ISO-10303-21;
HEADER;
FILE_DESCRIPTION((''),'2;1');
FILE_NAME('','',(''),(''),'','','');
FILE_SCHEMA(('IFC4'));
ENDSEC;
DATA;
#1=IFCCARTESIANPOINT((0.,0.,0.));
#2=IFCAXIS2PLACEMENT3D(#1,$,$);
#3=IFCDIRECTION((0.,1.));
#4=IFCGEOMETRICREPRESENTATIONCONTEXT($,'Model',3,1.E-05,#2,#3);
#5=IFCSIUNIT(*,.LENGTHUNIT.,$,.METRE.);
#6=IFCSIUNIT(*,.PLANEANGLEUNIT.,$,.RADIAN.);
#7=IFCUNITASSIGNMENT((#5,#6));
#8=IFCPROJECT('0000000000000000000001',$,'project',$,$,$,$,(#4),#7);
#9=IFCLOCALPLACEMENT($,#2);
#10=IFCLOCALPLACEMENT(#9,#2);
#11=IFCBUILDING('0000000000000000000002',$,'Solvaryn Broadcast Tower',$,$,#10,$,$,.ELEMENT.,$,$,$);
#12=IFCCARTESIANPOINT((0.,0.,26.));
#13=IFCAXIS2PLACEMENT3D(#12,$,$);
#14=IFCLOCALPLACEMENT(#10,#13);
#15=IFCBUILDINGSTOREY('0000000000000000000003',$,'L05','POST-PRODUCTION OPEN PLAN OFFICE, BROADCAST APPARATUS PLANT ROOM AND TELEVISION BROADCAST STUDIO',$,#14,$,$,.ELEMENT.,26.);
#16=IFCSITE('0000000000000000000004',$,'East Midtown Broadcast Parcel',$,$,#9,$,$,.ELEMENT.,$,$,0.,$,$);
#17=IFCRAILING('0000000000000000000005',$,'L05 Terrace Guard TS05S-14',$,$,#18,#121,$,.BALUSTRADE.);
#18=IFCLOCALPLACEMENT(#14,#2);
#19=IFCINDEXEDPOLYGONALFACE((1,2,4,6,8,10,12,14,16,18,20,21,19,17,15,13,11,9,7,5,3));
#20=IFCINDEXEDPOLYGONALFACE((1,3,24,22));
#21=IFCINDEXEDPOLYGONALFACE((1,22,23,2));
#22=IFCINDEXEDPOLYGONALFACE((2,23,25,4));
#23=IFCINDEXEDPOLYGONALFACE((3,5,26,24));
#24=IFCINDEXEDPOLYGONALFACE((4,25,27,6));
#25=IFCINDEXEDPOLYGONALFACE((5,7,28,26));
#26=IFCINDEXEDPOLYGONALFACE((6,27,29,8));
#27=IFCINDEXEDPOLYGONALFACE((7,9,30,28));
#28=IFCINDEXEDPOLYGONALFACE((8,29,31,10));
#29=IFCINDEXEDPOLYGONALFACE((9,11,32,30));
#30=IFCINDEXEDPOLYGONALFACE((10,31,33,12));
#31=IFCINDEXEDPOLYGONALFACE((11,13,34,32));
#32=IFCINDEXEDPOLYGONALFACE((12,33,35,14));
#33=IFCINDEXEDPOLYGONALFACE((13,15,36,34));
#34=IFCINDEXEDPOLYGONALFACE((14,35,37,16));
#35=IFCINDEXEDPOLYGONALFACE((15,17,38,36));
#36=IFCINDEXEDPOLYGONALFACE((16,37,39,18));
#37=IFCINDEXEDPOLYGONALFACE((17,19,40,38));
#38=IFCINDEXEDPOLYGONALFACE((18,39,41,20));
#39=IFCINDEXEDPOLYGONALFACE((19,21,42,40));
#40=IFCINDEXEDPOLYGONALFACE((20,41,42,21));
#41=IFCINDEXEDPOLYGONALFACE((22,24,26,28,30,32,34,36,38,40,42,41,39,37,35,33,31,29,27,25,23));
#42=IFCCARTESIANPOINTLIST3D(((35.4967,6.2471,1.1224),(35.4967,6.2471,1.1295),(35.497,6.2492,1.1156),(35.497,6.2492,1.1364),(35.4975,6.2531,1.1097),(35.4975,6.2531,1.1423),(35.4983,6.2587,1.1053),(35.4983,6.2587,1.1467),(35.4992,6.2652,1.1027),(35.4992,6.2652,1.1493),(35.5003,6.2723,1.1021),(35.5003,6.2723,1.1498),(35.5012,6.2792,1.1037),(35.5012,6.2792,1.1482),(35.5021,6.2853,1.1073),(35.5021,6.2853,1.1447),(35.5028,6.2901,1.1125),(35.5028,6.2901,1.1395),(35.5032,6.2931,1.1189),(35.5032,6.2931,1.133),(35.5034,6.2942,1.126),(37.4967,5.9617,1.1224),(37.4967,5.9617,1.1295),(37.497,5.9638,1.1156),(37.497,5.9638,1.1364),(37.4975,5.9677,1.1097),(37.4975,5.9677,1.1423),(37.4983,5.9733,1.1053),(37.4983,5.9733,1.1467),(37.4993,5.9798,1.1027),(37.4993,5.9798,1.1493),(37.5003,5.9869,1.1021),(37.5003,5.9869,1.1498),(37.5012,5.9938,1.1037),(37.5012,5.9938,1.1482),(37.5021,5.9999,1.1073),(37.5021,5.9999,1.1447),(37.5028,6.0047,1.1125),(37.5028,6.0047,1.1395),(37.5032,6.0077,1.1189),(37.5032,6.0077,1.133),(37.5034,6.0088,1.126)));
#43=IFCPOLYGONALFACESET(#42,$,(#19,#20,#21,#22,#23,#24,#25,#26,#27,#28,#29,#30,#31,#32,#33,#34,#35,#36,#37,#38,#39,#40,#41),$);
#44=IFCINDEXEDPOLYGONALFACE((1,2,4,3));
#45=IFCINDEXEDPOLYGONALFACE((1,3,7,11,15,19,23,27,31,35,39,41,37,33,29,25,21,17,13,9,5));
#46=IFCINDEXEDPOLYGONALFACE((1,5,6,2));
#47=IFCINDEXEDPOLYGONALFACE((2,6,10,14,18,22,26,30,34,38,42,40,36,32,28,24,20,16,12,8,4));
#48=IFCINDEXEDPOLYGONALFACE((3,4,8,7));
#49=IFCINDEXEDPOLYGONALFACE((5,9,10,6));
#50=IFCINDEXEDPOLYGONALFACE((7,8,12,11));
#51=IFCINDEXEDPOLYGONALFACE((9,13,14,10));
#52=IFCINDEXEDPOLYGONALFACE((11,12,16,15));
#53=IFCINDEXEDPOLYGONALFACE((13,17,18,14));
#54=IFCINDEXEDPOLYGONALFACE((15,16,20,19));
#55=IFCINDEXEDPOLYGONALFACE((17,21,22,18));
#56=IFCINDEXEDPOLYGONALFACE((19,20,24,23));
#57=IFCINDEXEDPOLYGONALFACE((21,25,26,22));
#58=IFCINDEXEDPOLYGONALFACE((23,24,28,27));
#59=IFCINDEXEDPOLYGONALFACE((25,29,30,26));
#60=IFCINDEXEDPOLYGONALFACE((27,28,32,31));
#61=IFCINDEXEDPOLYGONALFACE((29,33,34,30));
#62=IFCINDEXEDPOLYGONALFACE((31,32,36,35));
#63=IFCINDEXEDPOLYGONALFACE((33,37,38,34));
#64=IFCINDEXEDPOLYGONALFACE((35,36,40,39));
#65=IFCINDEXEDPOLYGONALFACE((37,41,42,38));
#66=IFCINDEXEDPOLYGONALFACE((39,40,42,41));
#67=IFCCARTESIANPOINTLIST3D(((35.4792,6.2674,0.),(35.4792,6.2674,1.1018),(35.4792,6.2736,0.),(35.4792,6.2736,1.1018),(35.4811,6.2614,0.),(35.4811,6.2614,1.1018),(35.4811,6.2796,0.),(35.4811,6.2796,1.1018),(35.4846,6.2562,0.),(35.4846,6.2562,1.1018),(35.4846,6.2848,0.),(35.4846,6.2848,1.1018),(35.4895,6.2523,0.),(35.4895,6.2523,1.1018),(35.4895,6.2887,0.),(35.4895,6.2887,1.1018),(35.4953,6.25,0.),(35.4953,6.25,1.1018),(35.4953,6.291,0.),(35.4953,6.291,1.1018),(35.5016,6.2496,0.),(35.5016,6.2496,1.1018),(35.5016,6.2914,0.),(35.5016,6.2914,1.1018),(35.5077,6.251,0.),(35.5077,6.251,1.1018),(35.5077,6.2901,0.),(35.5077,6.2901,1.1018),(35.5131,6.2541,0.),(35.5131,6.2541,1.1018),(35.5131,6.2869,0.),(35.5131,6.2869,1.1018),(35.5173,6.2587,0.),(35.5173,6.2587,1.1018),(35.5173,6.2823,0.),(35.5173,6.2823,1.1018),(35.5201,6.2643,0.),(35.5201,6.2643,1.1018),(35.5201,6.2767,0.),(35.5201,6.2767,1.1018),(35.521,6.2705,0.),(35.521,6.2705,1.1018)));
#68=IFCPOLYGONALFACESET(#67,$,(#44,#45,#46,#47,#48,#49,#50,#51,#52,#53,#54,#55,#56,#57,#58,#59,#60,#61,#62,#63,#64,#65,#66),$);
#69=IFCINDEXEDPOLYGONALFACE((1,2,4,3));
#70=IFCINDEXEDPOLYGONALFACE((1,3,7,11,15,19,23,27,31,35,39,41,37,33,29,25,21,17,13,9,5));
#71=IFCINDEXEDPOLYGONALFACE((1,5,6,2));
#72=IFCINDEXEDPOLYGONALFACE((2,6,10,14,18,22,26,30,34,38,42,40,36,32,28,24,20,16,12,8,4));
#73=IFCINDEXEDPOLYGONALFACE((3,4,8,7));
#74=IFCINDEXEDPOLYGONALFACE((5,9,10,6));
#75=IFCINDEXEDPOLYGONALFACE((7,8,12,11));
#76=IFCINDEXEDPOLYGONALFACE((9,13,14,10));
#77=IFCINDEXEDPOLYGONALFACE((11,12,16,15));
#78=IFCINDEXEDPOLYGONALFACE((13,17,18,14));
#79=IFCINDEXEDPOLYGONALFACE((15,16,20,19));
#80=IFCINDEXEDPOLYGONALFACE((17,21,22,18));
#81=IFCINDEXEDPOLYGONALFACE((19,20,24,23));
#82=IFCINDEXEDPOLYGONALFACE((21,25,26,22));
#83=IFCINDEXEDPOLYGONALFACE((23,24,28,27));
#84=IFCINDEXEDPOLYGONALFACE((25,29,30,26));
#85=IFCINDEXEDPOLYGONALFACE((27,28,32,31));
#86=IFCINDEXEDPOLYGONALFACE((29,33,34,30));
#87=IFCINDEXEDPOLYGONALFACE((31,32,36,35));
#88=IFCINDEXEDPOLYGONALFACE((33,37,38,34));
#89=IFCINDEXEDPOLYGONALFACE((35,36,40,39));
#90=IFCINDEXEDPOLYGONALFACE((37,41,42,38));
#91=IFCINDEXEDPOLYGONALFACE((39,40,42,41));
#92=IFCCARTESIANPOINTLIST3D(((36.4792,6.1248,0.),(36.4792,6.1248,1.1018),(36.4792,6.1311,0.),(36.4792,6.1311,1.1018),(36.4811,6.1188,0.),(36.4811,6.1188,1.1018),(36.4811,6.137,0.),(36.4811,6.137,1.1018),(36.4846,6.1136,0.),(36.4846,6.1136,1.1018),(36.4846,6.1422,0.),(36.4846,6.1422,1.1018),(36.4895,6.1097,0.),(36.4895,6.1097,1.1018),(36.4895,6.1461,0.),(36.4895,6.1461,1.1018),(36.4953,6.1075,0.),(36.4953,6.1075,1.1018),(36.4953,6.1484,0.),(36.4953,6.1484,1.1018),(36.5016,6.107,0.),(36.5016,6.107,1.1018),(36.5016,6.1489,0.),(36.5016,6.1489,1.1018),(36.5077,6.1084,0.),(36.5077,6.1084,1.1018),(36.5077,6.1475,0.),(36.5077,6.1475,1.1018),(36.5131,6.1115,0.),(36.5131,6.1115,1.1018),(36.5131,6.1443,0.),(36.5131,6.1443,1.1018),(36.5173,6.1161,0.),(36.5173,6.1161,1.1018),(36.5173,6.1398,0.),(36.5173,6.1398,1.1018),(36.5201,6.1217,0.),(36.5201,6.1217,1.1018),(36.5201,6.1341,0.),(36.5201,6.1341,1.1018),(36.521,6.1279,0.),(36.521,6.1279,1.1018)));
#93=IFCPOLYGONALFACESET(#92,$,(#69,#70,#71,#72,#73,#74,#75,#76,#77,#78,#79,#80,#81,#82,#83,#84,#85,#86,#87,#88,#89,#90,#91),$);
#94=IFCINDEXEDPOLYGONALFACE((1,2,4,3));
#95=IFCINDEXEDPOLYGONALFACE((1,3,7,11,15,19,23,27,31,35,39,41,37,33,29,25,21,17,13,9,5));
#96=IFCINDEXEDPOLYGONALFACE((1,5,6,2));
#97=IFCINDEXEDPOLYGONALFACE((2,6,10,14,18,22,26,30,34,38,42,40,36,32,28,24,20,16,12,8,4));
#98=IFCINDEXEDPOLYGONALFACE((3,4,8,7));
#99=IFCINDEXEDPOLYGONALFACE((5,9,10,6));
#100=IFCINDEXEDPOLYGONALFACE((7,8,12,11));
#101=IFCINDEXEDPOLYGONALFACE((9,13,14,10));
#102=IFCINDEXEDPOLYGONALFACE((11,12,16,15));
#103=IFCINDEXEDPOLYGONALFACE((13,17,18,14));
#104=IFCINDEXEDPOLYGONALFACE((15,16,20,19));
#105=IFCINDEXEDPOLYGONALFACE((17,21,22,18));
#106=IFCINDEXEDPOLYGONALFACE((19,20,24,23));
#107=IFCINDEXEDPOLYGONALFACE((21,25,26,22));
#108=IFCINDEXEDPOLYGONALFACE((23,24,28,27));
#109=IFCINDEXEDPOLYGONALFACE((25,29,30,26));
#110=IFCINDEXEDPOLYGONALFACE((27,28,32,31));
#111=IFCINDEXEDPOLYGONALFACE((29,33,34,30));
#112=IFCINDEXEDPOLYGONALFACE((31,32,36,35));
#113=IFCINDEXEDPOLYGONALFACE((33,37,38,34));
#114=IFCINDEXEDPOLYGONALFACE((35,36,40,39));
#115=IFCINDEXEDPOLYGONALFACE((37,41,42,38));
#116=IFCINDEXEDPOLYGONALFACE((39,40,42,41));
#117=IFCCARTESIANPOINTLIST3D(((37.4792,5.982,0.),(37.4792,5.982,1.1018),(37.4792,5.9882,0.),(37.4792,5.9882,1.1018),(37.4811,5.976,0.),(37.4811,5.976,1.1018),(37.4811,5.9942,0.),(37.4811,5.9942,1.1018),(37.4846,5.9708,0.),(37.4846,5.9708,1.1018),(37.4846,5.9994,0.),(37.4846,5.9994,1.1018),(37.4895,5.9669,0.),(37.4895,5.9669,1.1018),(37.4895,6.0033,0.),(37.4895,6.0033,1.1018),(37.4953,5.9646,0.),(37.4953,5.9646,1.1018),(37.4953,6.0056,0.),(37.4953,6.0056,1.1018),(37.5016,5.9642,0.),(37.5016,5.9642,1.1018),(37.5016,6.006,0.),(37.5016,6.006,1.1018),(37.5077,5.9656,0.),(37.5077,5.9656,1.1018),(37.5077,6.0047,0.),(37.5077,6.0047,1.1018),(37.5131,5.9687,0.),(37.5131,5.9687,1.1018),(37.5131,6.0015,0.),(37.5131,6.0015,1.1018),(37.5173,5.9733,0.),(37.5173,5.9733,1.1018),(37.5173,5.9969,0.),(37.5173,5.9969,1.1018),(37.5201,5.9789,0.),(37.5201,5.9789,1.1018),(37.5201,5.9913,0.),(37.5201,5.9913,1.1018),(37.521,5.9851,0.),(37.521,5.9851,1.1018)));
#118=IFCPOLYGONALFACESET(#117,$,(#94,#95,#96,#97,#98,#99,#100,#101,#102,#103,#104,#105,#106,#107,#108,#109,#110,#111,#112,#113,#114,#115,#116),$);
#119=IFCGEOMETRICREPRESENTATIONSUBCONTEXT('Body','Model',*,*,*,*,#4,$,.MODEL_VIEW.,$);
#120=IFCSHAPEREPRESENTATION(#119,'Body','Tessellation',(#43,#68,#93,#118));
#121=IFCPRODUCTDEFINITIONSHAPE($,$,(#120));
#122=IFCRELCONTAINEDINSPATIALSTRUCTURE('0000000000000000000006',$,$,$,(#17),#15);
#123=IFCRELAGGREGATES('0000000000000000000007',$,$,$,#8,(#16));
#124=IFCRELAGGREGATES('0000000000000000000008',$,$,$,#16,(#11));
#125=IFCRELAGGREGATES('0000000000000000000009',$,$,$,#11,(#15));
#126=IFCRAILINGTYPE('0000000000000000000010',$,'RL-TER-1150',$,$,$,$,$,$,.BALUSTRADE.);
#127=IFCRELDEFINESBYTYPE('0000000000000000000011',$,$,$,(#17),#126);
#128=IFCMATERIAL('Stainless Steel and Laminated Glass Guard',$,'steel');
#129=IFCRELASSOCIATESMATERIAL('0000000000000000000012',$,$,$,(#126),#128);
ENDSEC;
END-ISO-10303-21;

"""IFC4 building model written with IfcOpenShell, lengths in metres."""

from ifc_helpers import new_model, si_unit, direction, frame, origin, origin_2d, place, context, subcontext, project, spatial, circle, extrude, material, type_object, element, save


model = new_model("IFC4")

# Units and contexts
model_context = context("Model", 3, precision=1e-05, world=origin(), true_north=direction((0.0, 1.0)))
body_context = subcontext(model_context, "Body", "Model", "MODEL_VIEW")
ifc_project = project(units=[si_unit("LENGTHUNIT", "METRE"), si_unit("PLANEANGLEUNIT", "RADIAN")], contexts=[model_context])

# Site, building, storey
site_placement = place(None, origin())
site = spatial("IfcSite", under=ifc_project, at=site_placement, Name="East Midtown Broadcast Parcel", CompositionType="ELEMENT", RefElevation=0.0)
building_placement = place(site_placement, origin())
building = spatial("IfcBuilding", under=site, at=building_placement, Name="Solvaryn Broadcast Tower", CompositionType="ELEMENT")
storey_placement = place(building_placement, frame((0.0, 0.0, 26.0)))
storey = spatial("IfcBuildingStorey", under=building, at=storey_placement, Name="L05", Description="POST-PRODUCTION OPEN PLAN OFFICE, BROADCAST APPARATUS PLANT ROOM AND TELEVISION BROADCAST STUDIO", CompositionType="ELEMENT", Elevation=26.0)

# Railing
ifc_material_1 = material(Name="Stainless Steel and Laminated Glass Guard", Category="steel")
railing_type = type_object("IfcRailingType", Name="RL-TER-1150", PredefinedType="BALUSTRADE", material=ifc_material_1)
railing_1_placement = place(storey_placement, frame((35.5, 6.2705, 0.0)))
element("IfcRailing", 1, at=railing_1_placement, inside=storey, type_object=railing_type, Name="L05 Terrace Guard TS05S-14", PredefinedType="BALUSTRADE", context=body_context, shape_type="SweptSolid", body=[
    extrude(circle(Radius=0.0239, at=origin_2d()), frame((0.0, 0.0, 1.126), z_axis=(0.989971, -0.141269, 0.0), x_axis=(0.141269, 0.989971, 0.0)), (0.0, 0.0, 1.0), 2.0203),
    extrude(circle(Radius=0.021, at=origin_2d()), origin(), (0.0, 0.0, 1.0), 1.1018),
    extrude(circle(Radius=0.021, at=origin_2d()), frame((1.0, -0.1426, 0.0)), (0.0, 0.0, 1.0), 1.1018),
    extrude(circle(Radius=0.021, at=origin_2d()), frame((2.0, -0.2854, 0.0)), (0.0, 0.0, 1.0), 1.1018),
])

save(model, "model.ifc")
